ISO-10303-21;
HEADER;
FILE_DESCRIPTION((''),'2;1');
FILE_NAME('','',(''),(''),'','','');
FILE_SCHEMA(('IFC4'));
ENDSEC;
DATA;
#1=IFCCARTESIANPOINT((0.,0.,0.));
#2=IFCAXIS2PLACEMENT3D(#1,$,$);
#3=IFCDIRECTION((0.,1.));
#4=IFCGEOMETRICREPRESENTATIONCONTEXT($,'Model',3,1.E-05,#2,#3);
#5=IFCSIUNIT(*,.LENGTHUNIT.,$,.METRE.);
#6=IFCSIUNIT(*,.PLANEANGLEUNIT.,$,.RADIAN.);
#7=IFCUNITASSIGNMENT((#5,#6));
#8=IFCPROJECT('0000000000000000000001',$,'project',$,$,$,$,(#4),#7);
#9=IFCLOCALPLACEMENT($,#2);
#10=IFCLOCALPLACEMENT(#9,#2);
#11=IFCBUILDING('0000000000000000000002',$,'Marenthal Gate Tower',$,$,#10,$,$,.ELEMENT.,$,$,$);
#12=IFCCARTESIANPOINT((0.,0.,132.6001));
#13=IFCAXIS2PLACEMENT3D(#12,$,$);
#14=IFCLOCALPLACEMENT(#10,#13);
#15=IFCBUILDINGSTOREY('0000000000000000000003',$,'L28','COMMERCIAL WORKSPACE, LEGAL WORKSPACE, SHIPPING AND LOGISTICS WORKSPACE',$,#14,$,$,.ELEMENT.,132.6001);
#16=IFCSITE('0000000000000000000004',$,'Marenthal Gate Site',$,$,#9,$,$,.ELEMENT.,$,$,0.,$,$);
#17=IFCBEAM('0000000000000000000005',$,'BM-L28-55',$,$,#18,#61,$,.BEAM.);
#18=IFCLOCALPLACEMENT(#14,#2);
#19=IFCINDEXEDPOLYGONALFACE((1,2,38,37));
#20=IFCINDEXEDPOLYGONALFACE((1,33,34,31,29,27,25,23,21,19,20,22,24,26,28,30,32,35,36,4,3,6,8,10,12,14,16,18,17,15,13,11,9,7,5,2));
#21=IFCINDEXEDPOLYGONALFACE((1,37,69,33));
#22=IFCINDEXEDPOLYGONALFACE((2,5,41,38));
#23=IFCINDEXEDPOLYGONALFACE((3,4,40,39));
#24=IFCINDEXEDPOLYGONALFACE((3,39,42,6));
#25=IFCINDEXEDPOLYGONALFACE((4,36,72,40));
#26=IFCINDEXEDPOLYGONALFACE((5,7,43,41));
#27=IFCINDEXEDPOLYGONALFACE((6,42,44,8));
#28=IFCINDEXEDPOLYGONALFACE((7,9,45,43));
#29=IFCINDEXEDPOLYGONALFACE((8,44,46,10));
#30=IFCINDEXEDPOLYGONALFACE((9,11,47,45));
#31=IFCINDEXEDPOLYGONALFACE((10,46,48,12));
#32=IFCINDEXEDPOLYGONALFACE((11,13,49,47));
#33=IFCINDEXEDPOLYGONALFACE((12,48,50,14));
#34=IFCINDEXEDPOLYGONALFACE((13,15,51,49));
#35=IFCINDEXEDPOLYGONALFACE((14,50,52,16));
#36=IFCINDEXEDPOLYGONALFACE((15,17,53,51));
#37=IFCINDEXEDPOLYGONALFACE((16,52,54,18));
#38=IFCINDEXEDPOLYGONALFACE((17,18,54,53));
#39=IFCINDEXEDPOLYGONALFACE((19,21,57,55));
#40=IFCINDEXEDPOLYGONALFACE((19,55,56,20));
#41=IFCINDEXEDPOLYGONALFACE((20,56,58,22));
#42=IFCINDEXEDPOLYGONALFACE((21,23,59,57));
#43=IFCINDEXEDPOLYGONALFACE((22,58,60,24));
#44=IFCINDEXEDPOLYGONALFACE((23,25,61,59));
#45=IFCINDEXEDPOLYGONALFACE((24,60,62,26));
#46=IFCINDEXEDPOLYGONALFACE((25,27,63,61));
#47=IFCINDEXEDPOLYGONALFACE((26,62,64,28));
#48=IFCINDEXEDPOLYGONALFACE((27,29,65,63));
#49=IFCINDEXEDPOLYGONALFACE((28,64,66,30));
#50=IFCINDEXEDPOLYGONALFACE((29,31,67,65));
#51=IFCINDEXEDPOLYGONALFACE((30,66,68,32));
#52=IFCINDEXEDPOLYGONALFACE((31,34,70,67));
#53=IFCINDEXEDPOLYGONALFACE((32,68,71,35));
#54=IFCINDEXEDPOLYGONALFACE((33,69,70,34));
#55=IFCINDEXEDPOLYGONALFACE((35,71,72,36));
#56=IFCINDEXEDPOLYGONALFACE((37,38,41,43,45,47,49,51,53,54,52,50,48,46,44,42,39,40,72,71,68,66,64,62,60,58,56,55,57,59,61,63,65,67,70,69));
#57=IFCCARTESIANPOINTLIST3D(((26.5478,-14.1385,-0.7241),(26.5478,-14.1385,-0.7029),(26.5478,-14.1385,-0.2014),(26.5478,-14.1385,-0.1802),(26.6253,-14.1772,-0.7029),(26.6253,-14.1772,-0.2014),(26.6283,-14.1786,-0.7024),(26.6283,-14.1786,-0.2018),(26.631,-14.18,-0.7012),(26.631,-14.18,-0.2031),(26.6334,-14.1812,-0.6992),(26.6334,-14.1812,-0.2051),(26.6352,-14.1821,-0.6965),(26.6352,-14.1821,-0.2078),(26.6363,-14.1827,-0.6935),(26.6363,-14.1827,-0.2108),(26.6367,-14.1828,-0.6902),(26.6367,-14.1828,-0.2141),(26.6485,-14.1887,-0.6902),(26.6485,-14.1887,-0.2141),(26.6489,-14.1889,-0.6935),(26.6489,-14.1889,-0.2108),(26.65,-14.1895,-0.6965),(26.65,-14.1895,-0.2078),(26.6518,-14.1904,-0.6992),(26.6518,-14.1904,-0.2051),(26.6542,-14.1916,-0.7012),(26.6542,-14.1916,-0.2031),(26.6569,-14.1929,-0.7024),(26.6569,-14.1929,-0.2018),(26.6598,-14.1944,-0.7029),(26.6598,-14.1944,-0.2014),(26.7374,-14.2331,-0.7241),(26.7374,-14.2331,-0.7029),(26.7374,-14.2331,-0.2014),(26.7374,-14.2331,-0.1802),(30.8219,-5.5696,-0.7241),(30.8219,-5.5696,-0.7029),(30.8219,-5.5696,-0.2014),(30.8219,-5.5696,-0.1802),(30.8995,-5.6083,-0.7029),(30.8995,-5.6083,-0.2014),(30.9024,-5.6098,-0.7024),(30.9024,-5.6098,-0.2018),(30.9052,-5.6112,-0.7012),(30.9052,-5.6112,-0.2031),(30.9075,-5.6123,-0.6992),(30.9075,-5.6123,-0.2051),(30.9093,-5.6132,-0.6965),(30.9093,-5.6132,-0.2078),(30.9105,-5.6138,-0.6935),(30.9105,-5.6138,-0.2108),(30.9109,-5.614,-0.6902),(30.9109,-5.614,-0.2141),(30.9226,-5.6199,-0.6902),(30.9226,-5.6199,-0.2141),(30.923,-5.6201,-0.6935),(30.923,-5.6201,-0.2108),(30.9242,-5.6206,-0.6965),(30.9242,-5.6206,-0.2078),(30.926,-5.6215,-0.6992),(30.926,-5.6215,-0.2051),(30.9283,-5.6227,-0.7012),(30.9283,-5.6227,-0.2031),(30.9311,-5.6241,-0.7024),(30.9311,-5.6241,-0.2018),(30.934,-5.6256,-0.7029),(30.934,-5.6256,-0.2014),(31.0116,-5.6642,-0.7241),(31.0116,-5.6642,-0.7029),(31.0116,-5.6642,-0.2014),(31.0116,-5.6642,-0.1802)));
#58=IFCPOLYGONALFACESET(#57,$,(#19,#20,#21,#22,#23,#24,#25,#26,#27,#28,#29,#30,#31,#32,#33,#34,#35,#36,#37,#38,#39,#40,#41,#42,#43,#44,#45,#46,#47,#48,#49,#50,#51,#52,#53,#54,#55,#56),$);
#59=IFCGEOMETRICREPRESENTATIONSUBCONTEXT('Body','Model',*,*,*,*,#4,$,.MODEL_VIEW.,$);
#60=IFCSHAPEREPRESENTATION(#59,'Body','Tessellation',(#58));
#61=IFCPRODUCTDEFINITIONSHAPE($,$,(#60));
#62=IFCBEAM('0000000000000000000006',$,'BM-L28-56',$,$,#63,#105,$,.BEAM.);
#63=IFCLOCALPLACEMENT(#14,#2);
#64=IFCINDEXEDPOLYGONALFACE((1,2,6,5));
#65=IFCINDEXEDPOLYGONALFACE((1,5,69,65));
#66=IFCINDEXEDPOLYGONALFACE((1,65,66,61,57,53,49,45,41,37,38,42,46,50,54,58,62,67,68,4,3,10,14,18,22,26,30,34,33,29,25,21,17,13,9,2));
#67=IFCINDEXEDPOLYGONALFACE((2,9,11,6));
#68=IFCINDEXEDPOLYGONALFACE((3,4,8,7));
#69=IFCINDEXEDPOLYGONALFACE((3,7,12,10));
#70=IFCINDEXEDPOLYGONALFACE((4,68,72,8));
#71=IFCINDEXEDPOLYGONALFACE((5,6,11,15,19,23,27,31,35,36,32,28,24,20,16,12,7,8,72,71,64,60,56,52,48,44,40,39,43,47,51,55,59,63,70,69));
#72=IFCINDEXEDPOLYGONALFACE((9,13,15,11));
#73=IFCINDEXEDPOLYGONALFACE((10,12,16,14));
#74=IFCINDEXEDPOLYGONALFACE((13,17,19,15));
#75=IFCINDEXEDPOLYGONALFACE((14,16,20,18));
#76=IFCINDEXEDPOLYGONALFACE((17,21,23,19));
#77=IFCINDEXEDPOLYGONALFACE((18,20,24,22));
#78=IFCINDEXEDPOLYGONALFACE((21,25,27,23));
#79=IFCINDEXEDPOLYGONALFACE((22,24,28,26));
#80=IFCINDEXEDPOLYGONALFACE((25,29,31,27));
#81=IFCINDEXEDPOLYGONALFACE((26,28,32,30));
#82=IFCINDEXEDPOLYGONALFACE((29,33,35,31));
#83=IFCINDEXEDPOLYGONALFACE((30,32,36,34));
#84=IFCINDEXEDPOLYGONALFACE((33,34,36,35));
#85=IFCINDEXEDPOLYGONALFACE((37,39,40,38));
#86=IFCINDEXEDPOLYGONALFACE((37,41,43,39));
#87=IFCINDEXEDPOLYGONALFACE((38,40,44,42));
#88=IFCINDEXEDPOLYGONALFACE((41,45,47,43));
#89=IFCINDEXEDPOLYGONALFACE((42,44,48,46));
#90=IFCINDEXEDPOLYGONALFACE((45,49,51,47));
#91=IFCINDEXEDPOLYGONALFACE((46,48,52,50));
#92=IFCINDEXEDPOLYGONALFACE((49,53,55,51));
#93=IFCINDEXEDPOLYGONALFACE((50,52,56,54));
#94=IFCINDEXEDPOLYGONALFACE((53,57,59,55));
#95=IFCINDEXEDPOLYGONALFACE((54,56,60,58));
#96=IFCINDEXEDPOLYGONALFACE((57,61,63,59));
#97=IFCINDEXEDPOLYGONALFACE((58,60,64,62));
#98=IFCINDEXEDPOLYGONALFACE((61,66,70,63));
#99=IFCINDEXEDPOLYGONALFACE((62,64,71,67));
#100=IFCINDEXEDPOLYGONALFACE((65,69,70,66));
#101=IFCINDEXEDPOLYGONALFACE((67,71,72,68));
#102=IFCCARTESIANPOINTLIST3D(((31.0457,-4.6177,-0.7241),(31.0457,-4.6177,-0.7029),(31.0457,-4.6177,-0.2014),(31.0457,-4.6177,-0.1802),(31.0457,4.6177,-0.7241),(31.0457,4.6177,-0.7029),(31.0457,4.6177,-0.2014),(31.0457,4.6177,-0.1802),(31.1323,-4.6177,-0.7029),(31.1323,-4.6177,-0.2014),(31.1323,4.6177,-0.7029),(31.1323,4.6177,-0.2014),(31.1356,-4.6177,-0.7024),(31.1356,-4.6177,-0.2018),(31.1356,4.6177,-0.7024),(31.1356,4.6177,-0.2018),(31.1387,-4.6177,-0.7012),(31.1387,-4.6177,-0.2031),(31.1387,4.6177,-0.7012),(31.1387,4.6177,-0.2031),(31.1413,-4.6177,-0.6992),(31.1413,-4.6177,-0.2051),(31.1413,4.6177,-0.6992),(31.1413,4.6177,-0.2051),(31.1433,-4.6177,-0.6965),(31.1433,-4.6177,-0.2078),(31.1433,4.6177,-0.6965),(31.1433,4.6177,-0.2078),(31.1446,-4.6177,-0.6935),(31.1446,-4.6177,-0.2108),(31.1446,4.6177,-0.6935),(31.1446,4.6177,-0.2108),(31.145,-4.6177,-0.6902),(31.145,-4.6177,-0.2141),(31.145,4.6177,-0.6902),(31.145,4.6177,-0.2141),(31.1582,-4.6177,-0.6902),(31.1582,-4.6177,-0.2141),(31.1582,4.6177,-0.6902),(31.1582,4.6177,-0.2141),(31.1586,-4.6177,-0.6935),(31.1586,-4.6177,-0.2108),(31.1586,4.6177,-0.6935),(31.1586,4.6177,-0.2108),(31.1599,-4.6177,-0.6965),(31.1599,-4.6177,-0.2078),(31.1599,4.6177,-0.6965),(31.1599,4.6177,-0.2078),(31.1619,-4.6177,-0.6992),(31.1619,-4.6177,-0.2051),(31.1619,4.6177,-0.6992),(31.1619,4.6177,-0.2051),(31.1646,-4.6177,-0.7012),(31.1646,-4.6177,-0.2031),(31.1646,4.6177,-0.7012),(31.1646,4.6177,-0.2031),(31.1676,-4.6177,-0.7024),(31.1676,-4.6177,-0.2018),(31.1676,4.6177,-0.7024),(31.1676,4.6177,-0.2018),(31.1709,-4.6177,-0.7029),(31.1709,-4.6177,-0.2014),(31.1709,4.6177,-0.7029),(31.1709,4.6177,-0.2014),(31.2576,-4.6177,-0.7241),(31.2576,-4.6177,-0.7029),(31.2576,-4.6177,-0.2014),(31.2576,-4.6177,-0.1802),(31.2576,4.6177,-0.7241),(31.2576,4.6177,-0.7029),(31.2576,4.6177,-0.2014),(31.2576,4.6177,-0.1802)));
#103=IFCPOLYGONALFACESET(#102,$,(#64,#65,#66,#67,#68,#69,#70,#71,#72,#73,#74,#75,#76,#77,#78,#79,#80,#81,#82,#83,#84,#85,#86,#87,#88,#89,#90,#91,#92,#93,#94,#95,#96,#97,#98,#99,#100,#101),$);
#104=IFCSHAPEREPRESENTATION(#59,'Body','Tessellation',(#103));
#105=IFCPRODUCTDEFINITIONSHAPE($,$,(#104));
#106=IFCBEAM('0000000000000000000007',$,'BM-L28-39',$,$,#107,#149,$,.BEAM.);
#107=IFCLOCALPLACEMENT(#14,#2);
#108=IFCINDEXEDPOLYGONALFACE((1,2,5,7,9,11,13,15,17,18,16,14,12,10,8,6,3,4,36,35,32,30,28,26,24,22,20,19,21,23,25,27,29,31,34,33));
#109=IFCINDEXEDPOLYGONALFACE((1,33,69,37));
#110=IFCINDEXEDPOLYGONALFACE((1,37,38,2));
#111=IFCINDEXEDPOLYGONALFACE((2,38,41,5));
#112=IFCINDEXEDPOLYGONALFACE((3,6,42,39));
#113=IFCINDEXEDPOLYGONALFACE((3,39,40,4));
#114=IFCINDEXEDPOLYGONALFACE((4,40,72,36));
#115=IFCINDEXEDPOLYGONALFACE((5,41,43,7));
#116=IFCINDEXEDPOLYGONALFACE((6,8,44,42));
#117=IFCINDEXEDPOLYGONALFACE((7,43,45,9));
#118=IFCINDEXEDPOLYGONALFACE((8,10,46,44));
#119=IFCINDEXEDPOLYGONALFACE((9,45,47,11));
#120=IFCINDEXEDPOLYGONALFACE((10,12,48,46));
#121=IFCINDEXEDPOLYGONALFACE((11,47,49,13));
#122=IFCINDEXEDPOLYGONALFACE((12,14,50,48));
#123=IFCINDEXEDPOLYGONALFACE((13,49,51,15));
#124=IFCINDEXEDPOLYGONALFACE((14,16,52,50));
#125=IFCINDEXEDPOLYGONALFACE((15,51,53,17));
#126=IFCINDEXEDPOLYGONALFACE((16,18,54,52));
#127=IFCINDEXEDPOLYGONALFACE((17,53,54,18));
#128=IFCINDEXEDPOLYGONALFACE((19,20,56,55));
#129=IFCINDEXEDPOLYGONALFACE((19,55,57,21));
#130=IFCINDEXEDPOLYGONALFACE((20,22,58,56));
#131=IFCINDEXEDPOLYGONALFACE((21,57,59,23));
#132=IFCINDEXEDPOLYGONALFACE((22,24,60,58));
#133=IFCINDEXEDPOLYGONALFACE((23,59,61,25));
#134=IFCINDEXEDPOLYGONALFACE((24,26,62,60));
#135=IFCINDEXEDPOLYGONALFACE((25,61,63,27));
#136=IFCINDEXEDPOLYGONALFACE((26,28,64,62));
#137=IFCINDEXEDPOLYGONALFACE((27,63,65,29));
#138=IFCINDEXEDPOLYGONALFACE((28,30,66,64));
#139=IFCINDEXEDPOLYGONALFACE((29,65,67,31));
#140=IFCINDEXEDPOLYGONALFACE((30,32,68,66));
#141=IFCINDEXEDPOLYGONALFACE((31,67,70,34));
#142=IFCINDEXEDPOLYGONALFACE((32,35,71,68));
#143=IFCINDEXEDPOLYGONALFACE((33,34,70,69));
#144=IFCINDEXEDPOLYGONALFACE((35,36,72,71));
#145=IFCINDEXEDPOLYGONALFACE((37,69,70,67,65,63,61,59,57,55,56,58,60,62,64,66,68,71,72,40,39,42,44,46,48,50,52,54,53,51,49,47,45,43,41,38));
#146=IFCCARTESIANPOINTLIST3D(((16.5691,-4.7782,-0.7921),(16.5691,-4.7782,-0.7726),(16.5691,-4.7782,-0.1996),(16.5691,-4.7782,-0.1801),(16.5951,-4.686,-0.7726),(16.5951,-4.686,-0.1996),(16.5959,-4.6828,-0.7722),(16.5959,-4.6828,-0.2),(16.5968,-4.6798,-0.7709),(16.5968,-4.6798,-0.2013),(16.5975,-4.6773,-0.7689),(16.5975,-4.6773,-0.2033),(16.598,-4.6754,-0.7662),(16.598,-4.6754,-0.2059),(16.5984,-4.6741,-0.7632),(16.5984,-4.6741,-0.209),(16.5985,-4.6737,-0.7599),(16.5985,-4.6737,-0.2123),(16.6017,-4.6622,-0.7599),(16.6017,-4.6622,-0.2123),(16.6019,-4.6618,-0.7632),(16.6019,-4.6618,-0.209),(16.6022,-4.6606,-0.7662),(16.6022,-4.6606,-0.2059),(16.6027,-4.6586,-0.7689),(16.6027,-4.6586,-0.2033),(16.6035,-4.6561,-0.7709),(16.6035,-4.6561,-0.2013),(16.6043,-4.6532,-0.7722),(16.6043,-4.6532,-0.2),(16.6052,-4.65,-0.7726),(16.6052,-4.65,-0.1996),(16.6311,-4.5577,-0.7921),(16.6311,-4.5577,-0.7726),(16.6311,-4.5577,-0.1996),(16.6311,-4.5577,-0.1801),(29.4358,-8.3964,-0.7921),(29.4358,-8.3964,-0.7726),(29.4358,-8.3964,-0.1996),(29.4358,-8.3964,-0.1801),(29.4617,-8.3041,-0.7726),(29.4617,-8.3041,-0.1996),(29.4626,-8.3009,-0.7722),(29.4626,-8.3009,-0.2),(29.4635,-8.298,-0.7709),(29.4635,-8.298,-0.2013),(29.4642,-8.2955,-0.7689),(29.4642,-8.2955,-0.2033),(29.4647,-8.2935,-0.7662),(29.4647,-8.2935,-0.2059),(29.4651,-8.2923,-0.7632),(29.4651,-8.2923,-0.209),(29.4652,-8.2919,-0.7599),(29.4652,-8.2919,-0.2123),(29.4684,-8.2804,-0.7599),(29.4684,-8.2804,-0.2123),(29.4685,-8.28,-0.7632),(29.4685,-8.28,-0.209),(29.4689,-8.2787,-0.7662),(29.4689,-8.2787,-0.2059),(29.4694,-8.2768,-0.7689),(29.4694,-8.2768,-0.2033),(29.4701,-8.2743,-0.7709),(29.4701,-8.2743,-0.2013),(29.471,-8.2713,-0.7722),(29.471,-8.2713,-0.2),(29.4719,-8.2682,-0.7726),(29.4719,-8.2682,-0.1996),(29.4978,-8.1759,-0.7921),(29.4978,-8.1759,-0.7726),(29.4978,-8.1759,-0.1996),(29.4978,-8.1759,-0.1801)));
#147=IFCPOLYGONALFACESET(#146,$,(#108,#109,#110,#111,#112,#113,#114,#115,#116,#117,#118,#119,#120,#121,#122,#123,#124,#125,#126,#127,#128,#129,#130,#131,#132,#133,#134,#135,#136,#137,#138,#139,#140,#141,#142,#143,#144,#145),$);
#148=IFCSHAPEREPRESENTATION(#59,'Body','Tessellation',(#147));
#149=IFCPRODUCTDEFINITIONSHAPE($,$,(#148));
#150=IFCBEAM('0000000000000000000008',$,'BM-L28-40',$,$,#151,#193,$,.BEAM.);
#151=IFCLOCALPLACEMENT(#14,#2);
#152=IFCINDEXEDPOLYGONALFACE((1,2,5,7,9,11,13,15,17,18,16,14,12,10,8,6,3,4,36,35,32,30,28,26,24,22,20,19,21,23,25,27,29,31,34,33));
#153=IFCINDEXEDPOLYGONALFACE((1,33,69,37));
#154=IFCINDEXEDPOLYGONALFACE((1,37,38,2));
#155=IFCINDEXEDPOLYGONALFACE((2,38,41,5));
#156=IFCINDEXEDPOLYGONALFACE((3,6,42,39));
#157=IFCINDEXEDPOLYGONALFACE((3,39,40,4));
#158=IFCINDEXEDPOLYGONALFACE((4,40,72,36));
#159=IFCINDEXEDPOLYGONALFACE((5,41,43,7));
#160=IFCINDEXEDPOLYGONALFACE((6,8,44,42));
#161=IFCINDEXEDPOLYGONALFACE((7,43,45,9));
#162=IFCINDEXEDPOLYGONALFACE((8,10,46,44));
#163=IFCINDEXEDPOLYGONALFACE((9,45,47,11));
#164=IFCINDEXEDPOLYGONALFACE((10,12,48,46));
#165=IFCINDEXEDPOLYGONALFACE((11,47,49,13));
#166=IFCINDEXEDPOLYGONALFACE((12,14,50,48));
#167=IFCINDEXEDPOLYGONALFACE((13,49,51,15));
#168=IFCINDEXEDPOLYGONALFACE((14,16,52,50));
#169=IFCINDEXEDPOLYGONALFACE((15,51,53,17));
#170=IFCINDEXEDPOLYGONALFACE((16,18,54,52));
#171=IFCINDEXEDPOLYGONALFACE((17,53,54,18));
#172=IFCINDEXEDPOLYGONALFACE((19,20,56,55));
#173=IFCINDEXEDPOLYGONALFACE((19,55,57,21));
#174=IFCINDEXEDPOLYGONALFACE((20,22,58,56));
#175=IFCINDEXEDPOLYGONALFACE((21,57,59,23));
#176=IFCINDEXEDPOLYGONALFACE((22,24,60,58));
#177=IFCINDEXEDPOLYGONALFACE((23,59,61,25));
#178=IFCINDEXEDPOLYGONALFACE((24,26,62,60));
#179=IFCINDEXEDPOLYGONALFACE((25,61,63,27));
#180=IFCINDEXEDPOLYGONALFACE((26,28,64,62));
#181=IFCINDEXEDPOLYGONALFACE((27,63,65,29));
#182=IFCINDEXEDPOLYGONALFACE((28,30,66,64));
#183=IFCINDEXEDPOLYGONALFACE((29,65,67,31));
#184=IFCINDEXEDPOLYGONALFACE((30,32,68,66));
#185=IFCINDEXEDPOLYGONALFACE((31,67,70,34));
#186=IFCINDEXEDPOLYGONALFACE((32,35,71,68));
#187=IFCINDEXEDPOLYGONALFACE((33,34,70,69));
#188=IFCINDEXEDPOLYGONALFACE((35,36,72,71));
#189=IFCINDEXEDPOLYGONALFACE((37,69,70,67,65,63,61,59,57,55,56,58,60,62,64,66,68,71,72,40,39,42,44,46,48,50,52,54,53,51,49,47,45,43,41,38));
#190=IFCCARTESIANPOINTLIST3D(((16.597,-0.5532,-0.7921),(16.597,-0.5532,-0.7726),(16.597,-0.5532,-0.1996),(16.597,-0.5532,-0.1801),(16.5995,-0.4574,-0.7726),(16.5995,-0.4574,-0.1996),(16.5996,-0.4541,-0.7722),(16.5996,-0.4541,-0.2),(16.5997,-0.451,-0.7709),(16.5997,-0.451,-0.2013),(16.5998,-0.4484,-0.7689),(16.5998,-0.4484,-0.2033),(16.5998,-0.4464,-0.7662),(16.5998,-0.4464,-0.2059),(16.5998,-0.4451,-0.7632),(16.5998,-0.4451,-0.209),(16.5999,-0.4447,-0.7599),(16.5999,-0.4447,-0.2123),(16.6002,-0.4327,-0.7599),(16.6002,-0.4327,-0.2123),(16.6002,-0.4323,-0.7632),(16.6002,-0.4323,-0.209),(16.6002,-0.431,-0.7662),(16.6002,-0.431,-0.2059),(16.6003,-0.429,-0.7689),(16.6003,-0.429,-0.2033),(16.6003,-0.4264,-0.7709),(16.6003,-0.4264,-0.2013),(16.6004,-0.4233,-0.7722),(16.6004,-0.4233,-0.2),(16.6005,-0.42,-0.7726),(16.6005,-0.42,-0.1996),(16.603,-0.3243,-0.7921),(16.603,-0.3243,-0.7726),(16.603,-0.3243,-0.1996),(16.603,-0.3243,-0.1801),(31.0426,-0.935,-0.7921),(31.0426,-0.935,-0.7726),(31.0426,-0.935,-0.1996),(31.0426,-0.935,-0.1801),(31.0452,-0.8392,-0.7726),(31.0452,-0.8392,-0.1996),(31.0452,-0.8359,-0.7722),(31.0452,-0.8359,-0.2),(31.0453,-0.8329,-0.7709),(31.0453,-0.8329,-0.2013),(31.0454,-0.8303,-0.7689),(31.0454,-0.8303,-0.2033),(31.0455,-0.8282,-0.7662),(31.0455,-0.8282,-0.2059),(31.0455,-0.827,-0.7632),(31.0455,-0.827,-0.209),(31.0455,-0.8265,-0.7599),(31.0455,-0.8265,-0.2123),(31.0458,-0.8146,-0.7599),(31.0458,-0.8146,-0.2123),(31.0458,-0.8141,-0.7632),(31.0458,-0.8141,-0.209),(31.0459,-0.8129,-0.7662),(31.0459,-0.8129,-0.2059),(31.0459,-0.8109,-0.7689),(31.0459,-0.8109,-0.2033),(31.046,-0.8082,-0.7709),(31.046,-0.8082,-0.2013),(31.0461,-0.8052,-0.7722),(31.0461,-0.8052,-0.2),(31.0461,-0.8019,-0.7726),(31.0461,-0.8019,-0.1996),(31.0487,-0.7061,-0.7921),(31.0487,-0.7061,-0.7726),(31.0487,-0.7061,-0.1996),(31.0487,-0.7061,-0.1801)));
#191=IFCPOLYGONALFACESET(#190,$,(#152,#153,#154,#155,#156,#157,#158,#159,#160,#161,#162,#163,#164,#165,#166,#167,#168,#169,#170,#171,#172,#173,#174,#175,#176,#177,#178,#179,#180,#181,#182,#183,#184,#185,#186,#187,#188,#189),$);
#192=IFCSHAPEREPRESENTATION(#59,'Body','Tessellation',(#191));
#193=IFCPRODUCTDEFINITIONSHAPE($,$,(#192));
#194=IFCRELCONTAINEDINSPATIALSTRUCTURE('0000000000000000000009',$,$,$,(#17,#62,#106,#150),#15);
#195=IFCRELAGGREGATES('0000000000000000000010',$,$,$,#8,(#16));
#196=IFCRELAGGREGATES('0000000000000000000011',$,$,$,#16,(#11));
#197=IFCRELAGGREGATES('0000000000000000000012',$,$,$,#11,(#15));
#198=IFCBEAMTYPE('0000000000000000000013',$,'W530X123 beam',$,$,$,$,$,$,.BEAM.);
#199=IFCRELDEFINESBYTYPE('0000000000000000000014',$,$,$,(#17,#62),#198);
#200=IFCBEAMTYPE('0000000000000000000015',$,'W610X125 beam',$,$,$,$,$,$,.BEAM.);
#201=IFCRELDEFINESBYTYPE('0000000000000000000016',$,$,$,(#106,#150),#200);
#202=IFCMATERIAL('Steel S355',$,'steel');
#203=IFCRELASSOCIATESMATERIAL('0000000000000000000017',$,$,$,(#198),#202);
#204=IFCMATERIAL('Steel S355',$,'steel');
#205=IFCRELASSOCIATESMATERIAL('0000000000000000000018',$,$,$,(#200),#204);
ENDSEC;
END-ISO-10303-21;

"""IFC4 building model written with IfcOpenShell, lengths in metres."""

from ifc_helpers import new_model, si_unit, direction, frame, origin, origin_2d, place, context, subcontext, project, spatial, i_section, extrude, material, material_profile, profile_set, type_object, element, save


model = new_model("IFC4")

# Units and contexts
model_context = context("Model", 3, precision=1e-05, world=origin(), true_north=direction((0.0, 1.0)))
body_context = subcontext(model_context, "Body", "Model", "MODEL_VIEW")
ifc_project = project(units=[si_unit("LENGTHUNIT", "METRE"), si_unit("PLANEANGLEUNIT", "RADIAN")], contexts=[model_context])

# Site, building, storey
site_placement = place(None, origin())
site = spatial("IfcSite", under=ifc_project, at=site_placement, Name="Marenthal Gate Site", CompositionType="ELEMENT", RefElevation=0.0)
building_placement = place(site_placement, origin())
building = spatial("IfcBuilding", under=site, at=building_placement, Name="Marenthal Gate Tower", CompositionType="ELEMENT")
storey_placement = place(building_placement, frame((0.0, 0.0, 132.6001)))
storey = spatial("IfcBuildingStorey", under=building, at=storey_placement, Name="L28", Description="COMMERCIAL WORKSPACE, LEGAL WORKSPACE, SHIPPING AND LOGISTICS WORKSPACE", CompositionType="ELEMENT", Elevation=132.6001)

# Beams
ifc_material_1 = material(Name="Steel S355", Category="steel")
ifc_material_profile_1 = material_profile(ifc_material_1, i_section(OverallWidth=0.2119, OverallDepth=0.5439, WebThickness=0.0132, FlangeThickness=0.0212, FilletRadius=0.0127, at=origin_2d()), Name="W530X123")
ifc_profile_set_1 = profile_set([ifc_material_profile_1], Name="Steel S355")
beam_type_1 = type_object("IfcBeamType", Name="W530X123 beam", PredefinedType="BEAM", material=ifc_profile_set_1)
beam_1_placement = place(storey_placement, frame((26.6426, -14.1858, -0.4521), z_axis=(0.446357, 0.894855, 0.0), x_axis=(-0.894855, 0.446357, 0.0)))
element("IfcBeam", 1, at=beam_1_placement, inside=storey, type_object=beam_type_1, Name="BM-L28-55", PredefinedType="BEAM", context=body_context, shape_type="SweptSolid", body=[
    extrude(i_section(OverallWidth=0.2119, OverallDepth=0.5439, WebThickness=0.0132, FlangeThickness=0.0212, FilletRadius=0.0127, at=origin_2d()), origin(), (0.0, 0.0, 1.0), 9.5757),
])
beam_2_placement = place(storey_placement, frame((31.1516, -4.6177, -0.4521), z_axis=(0.0, 1.0, 0.0), x_axis=(-1.0, 0.0, 0.0)))
element("IfcBeam", 2, at=beam_2_placement, inside=storey, type_object=beam_type_1, Name="BM-L28-56", PredefinedType="BEAM", context=body_context, shape_type="SweptSolid", body=[
    extrude(i_section(OverallWidth=0.2119, OverallDepth=0.5439, WebThickness=0.0132, FlangeThickness=0.0212, FilletRadius=0.0127, at=origin_2d()), origin(), (0.0, 0.0, 1.0), 9.2354),
])
ifc_material_2 = material(Name="Steel S355", Category="steel")
ifc_material_profile_2 = material_profile(ifc_material_2, i_section(OverallWidth=0.229, OverallDepth=0.6121, WebThickness=0.012, FlangeThickness=0.0195, FilletRadius=0.0127, at=origin_2d()), Name="W610X125")
ifc_profile_set_2 = profile_set([ifc_material_profile_2], Name="Steel S355")
beam_type_2 = type_object("IfcBeamType", Name="W610X125 beam", PredefinedType="BEAM", material=ifc_profile_set_2)
beam_3_placement = place(storey_placement, frame((29.4668, -8.2861, -0.4861), z_axis=(-0.962663, 0.270704, 0.0), x_axis=(-0.270704, -0.962663, 0.0)))
element("IfcBeam", 3, at=beam_3_placement, inside=storey, type_object=beam_type_2, Name="BM-L28-39", PredefinedType="BEAM", context=body_context, shape_type="SweptSolid", body=[
    extrude(i_section(OverallWidth=0.229, OverallDepth=0.6121, WebThickness=0.012, FlangeThickness=0.0195, FilletRadius=0.0127, at=origin_2d()), origin(), (0.0, 0.0, 1.0), 13.3657),
])
beam_4_placement = place(storey_placement, frame((31.0457, -0.8206, -0.4861), z_axis=(-0.999651, 0.026424, 0.0), x_axis=(-0.026424, -0.999651, 0.0)))
element("IfcBeam", 4, at=beam_4_placement, inside=storey, type_object=beam_type_2, Name="BM-L28-40", PredefinedType="BEAM", context=body_context, shape_type="SweptSolid", body=[
    extrude(i_section(OverallWidth=0.229, OverallDepth=0.6121, WebThickness=0.012, FlangeThickness=0.0195, FilletRadius=0.0127, at=origin_2d()), origin(), (0.0, 0.0, 1.0), 14.4507),
])

save(model, "model.ifc")
